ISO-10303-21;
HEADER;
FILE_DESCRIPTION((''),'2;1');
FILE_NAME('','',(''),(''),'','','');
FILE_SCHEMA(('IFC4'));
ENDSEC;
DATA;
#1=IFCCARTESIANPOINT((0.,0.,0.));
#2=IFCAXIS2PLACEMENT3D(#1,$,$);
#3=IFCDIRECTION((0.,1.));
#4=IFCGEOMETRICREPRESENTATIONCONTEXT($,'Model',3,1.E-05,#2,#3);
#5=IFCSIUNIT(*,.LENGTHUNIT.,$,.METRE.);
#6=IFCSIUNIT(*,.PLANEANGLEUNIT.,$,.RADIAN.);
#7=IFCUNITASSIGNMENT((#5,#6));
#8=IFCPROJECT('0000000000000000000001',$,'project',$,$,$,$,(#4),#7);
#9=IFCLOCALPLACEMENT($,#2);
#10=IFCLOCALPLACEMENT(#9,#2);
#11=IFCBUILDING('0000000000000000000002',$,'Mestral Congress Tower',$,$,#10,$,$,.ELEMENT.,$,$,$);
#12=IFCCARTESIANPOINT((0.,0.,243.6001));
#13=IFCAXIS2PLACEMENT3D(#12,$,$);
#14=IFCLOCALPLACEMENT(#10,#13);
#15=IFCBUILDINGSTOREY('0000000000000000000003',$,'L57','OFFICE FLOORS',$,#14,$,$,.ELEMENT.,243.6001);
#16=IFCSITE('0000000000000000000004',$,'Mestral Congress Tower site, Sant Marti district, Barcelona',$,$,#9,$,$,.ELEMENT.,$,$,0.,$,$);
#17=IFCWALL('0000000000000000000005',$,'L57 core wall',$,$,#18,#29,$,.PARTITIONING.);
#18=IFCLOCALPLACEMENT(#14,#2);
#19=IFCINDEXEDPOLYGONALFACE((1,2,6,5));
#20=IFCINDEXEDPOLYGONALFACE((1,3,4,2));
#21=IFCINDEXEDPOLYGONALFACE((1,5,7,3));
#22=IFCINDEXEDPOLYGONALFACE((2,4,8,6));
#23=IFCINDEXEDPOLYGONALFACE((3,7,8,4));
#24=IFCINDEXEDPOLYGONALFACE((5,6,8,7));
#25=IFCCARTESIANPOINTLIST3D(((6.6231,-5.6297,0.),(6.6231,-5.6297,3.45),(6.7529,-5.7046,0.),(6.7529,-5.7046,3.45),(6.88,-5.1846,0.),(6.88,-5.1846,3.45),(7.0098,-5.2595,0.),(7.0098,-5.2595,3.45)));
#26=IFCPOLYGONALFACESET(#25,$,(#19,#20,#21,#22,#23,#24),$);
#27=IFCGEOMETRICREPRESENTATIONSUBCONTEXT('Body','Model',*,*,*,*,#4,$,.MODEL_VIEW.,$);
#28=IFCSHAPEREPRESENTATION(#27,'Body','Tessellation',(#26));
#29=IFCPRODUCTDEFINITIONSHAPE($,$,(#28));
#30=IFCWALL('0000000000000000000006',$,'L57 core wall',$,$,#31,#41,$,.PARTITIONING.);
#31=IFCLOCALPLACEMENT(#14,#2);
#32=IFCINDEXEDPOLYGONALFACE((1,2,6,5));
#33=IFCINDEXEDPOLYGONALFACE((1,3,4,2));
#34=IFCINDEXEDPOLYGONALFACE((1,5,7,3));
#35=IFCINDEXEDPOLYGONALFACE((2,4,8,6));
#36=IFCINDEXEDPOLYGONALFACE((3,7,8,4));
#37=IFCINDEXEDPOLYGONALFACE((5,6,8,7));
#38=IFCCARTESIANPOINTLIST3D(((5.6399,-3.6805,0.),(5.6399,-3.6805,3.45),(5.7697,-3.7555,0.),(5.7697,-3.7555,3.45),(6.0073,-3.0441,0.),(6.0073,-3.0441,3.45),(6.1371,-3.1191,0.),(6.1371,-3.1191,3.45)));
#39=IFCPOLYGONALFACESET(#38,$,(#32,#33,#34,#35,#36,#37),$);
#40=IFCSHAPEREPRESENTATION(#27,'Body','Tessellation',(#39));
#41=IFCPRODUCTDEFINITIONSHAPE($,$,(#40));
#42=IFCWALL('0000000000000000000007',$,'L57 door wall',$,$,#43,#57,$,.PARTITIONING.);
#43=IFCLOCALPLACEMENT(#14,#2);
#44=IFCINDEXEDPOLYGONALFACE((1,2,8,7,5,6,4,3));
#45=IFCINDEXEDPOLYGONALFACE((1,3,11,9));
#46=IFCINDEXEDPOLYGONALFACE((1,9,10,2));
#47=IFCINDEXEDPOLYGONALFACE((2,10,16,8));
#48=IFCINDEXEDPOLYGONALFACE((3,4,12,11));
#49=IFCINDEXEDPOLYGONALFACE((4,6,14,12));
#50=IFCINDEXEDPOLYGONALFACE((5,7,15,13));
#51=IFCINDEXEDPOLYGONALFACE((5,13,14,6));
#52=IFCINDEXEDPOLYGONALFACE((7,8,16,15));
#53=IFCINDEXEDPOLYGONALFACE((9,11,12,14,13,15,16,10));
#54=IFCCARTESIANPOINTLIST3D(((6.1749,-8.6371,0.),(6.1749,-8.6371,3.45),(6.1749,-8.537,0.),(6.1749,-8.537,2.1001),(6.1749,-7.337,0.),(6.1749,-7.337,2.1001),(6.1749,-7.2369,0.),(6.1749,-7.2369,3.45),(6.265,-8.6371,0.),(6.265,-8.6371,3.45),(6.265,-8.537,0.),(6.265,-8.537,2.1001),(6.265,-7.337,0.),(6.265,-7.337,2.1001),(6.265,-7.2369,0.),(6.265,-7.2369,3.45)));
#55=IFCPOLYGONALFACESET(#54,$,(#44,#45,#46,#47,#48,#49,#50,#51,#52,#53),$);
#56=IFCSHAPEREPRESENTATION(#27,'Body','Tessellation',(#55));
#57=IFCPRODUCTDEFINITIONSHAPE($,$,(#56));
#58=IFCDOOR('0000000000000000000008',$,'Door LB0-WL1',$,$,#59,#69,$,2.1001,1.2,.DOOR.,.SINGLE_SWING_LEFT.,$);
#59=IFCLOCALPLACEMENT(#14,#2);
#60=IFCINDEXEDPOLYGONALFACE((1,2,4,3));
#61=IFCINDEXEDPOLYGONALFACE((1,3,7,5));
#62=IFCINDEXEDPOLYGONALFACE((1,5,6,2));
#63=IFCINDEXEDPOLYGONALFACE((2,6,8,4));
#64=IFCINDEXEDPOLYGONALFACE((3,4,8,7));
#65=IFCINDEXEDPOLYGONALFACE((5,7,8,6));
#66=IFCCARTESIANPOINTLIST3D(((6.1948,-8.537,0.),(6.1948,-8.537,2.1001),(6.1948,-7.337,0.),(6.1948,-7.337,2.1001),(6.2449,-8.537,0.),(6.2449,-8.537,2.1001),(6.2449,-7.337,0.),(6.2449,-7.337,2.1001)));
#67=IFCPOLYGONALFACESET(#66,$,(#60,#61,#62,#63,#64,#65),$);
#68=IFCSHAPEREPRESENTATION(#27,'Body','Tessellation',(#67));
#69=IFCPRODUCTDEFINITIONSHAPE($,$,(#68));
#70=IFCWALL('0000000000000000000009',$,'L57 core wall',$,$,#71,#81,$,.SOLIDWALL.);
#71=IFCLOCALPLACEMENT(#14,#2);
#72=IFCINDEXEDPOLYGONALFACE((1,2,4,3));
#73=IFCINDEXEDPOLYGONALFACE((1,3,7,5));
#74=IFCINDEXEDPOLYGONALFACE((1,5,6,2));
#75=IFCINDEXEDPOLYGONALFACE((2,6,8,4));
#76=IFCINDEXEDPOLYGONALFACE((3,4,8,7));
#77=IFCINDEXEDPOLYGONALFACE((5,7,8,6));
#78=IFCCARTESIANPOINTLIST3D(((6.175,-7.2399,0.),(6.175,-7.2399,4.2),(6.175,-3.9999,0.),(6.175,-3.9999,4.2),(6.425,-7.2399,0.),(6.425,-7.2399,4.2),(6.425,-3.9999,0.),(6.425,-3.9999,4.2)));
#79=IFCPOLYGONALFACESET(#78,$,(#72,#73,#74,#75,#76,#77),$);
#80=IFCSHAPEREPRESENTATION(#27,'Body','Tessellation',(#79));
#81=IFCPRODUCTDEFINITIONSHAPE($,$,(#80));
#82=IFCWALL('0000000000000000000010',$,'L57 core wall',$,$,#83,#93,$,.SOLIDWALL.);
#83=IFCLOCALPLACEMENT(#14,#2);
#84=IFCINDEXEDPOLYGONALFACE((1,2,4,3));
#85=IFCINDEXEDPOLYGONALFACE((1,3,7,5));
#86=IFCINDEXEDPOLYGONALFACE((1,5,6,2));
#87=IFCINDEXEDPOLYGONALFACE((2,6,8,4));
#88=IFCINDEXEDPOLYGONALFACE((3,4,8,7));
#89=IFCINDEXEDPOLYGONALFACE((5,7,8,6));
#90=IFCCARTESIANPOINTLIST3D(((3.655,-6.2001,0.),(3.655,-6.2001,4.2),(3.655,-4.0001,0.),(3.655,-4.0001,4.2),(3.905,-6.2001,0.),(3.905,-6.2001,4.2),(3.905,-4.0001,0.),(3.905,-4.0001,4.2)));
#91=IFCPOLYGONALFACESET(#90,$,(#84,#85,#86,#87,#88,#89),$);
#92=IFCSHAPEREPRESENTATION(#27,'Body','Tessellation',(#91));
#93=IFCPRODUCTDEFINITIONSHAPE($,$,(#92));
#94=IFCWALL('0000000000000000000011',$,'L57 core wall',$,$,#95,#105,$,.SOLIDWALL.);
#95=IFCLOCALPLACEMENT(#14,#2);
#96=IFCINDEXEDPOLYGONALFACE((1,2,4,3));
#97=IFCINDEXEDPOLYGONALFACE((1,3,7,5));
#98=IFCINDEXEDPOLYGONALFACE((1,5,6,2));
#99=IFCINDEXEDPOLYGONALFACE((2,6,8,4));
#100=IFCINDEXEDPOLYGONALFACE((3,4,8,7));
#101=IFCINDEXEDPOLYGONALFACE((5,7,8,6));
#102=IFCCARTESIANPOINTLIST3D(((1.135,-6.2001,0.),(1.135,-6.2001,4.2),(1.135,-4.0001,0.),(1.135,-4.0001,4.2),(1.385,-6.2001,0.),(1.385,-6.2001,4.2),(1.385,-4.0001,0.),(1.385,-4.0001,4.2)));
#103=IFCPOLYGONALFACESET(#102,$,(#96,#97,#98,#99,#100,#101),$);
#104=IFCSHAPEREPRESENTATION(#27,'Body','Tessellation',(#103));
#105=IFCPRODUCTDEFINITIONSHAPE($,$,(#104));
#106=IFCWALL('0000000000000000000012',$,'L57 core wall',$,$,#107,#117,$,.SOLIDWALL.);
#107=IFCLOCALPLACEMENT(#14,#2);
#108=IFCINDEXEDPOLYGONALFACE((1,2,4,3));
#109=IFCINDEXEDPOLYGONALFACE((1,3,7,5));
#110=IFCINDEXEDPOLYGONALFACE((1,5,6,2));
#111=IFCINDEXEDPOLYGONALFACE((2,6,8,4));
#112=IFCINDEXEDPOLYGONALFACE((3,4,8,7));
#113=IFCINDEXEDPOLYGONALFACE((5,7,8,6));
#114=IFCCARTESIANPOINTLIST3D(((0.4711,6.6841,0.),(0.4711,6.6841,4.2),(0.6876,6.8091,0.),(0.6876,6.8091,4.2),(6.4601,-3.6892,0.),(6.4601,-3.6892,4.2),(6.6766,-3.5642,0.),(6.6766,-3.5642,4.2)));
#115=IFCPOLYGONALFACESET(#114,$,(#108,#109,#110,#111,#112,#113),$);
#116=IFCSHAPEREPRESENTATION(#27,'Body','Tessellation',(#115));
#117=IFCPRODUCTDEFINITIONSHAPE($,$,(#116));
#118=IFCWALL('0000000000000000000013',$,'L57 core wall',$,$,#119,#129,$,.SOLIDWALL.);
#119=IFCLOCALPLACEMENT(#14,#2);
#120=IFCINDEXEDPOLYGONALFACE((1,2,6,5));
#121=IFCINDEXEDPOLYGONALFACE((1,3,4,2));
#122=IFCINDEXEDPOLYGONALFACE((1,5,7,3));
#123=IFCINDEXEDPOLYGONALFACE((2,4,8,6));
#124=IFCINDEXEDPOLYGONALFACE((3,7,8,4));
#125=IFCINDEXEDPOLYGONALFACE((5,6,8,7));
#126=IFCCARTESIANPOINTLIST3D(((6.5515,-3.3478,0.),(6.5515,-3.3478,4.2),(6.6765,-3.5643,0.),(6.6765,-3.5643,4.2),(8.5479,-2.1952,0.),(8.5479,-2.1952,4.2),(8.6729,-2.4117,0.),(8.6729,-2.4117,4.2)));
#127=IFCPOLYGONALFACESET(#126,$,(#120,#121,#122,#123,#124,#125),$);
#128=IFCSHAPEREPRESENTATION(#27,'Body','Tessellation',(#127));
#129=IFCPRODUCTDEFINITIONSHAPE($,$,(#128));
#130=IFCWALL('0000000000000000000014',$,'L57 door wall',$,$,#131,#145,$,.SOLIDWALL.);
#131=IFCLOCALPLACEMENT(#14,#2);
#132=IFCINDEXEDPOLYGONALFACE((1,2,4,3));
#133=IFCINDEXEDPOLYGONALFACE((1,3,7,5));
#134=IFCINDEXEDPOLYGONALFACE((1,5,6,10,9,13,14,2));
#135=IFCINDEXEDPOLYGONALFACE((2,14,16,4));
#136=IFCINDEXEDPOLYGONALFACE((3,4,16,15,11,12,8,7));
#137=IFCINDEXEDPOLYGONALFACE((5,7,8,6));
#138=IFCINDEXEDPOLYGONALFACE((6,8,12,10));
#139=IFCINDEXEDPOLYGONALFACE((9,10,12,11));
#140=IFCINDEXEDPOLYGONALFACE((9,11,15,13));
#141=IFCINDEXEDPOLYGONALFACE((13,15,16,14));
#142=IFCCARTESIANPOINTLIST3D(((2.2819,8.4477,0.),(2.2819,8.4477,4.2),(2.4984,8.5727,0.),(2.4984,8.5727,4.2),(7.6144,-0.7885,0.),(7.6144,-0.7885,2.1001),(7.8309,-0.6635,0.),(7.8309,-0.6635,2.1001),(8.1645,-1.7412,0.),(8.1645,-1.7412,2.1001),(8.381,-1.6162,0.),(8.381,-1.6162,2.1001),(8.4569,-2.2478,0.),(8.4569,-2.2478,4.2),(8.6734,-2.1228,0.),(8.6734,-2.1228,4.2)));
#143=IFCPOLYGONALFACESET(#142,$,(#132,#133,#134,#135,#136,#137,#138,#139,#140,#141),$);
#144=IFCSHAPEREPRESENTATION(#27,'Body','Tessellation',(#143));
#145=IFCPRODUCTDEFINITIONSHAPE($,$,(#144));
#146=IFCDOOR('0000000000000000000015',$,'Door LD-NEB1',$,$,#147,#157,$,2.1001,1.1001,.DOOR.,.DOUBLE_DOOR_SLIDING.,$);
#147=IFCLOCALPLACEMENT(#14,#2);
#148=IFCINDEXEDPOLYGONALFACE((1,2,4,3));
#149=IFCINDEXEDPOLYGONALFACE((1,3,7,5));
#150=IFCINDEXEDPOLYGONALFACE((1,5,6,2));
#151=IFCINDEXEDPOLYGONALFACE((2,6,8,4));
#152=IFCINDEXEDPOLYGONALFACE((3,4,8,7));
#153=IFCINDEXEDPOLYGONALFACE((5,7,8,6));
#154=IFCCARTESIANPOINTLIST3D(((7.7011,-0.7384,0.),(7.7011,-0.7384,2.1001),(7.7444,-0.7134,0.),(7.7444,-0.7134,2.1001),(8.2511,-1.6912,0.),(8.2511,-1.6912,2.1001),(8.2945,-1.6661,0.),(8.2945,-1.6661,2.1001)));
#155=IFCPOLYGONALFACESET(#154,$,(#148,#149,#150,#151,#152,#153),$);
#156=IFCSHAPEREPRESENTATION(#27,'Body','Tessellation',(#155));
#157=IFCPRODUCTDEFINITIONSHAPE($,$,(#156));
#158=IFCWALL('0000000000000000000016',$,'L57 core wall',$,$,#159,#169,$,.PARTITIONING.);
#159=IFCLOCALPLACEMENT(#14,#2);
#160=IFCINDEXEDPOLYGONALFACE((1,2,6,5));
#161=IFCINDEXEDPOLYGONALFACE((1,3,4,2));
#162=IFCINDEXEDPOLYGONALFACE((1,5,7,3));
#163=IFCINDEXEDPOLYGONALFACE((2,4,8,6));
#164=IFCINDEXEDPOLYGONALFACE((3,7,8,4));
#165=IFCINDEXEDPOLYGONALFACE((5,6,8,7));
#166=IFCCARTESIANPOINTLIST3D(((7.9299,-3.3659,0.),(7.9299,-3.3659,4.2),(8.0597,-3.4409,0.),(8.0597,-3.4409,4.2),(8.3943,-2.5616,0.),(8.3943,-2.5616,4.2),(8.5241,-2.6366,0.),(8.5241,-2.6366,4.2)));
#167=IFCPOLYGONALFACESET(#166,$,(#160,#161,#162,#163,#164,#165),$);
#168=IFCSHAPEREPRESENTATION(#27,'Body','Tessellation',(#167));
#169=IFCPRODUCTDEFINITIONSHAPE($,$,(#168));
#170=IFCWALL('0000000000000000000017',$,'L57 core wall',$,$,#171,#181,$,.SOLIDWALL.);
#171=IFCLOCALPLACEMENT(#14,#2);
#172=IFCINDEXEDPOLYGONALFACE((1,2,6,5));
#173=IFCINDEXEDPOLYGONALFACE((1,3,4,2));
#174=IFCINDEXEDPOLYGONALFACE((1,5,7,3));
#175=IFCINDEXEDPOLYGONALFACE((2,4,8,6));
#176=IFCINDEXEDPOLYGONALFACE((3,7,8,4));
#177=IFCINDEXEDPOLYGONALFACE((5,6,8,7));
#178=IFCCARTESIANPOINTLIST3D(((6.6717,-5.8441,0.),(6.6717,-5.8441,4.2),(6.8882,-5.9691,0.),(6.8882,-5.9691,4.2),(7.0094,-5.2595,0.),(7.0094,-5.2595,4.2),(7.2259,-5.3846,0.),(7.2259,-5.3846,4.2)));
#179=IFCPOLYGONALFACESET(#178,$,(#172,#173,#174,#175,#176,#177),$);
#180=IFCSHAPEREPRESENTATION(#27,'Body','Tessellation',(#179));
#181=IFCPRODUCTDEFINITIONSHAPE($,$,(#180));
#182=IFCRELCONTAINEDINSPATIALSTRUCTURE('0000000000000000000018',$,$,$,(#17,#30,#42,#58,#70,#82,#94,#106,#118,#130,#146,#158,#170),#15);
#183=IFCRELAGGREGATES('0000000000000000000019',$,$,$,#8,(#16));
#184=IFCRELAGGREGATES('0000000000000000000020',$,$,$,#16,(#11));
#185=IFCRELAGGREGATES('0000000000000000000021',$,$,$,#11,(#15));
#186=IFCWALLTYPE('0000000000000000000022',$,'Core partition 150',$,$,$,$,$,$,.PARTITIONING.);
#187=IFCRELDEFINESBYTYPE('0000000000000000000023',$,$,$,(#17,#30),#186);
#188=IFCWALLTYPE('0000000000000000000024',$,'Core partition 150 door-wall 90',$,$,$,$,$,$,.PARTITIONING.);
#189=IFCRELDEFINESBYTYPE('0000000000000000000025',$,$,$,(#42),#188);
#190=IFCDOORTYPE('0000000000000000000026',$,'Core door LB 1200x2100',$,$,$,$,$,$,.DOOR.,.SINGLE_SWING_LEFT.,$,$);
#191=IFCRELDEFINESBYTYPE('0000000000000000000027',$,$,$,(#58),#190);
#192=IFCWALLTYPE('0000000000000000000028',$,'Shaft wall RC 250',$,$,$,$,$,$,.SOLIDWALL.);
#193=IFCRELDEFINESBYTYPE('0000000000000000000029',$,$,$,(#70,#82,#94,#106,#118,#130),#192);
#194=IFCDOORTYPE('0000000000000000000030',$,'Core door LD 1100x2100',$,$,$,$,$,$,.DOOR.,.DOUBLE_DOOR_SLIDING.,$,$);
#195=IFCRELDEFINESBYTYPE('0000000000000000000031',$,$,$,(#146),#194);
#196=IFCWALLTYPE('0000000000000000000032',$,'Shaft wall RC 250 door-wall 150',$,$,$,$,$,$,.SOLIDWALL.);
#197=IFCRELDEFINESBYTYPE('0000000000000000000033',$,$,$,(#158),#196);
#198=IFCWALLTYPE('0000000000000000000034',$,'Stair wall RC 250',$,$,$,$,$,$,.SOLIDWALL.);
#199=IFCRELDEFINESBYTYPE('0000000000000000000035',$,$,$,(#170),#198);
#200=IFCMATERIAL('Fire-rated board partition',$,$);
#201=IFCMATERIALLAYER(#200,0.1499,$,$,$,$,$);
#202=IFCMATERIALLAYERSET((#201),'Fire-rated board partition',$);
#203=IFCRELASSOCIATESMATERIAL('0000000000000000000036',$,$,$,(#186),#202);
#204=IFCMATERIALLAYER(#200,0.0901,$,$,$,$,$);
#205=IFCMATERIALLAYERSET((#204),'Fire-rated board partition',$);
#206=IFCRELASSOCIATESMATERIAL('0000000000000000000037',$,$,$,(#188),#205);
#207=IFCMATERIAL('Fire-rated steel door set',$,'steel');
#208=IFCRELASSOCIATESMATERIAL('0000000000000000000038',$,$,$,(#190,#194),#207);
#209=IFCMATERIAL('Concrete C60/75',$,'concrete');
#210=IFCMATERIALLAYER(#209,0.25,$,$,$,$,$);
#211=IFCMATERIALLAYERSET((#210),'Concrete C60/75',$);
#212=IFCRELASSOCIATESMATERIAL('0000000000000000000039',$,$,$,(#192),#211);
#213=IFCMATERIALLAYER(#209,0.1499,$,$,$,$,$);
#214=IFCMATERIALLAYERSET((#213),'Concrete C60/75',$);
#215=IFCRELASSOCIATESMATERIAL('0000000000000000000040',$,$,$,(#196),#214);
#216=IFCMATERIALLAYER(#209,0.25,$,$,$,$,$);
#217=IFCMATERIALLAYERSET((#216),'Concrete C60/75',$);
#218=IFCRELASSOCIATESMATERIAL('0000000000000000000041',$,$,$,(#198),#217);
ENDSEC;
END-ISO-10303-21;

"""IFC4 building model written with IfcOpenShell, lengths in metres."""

from ifc_helpers import new_model, si_unit, direction, frame, frame_2d, origin, place, context, subcontext, project, spatial, rectangle, extrude, material, layer, layer_set, type_object, element, fill, save


model = new_model("IFC4")

# Units and contexts
model_context = context("Model", 3, precision=1e-05, world=origin(), true_north=direction((0.0, 1.0)))
body_context = subcontext(model_context, "Body", "Model", "MODEL_VIEW")
ifc_project = project(units=[si_unit("LENGTHUNIT", "METRE"), si_unit("PLANEANGLEUNIT", "RADIAN")], contexts=[model_context])

# Site, building, storey
site_placement = place(None, origin())
site = spatial("IfcSite", under=ifc_project, at=site_placement, Name="Mestral Congress Tower site, Sant Marti district, Barcelona", CompositionType="ELEMENT", RefElevation=0.0)
building_placement = place(site_placement, origin())
building = spatial("IfcBuilding", under=site, at=building_placement, Name="Mestral Congress Tower", CompositionType="ELEMENT")
storey_placement = place(building_placement, frame((0.0, 0.0, 243.6001)))
storey = spatial("IfcBuildingStorey", under=building, at=storey_placement, Name="L57", Description="OFFICE FLOORS", CompositionType="ELEMENT", Elevation=243.6001)

# Walls
ifc_material_1 = material(Name="Fire-rated board partition")
ifc_layer_1 = layer(ifc_material_1, 0.1499)
ifc_layer_set_1 = layer_set([ifc_layer_1], Name="Fire-rated board partition")
wall_type_1 = type_object("IfcWallType", Name="Core partition 150", PredefinedType="PARTITIONING", material=ifc_layer_set_1)
wall_1_placement = place(storey_placement, frame((6.9448, -5.2222, 0.0), z_axis=(0.0, 0.0, 1.0), x_axis=(-0.499818, -0.86613, 0.0)))
element("IfcWall", 1, at=wall_1_placement, inside=storey, type_object=wall_type_1, Name="L57 core wall", PredefinedType="PARTITIONING", context=body_context, shape_type="SweptSolid", body=[
    extrude(rectangle(XDim=0.5139, YDim=0.1499, at=frame_2d((0.2568, 0.0))), origin(), (0.0, 0.0, 1.0), 3.45),
])
wall_2_placement = place(storey_placement, frame((5.7048, -3.718, 0.0), z_axis=(0.0, 0.0, 1.0), x_axis=(0.499962, 0.866047, 0.0)))
element("IfcWall", 2, at=wall_2_placement, inside=storey, type_object=wall_type_1, Name="L57 core wall", PredefinedType="PARTITIONING", context=body_context, shape_type="SweptSolid", body=[
    extrude(rectangle(XDim=0.7349, YDim=0.1499, at=frame_2d((0.3674, 0.0))), origin(), (0.0, 0.0, 1.0), 3.45),
])

# Wall, opening, door
ifc_layer_2 = layer(ifc_material_1, 0.0901)
ifc_layer_set_2 = layer_set([ifc_layer_2], Name="Fire-rated board partition")
wall_type_2 = type_object("IfcWallType", Name="Core partition 150 door-wall 90", PredefinedType="PARTITIONING", material=ifc_layer_set_2)
wall_3_placement = place(storey_placement, frame((6.22, -7.2368, 0.0), z_axis=(0.0, 0.0, 1.0), x_axis=(0.0, -1.0, 0.0)))
wall_3 = element("IfcWall", 3, at=wall_3_placement, inside=storey, type_object=wall_type_2, Name="L57 door wall", PredefinedType="PARTITIONING", context=body_context, shape_type="SweptSolid", body=[
    extrude(rectangle(XDim=1.4001, YDim=0.0901, at=frame_2d((0.7002, 0.0))), origin(), (0.0, 0.0, 1.0), 3.45),
])
opening_1_placement = place(wall_3_placement, frame((0.1001, 0.0, 0.0)))
opening_1 = element("IfcOpeningElement", 4, at=opening_1_placement, cuts=wall_3, PredefinedType="OPENING", context=body_context, shape_type="SweptSolid", body=[
    extrude(rectangle(XDim=1.2, YDim=2.1001, at=frame_2d((0.6001, 1.05))), frame((0.0, 0.0549, 0.0), z_axis=(0.0, -1.0, 0.0), x_axis=(1.0, 0.0, 0.0)), (0.0, 0.0, 1.0), 0.1101),
])
ifc_material_2 = material(Name="Fire-rated steel door set", Category="steel")
door_type_1 = type_object("IfcDoorType", Name="Core door LB 1200x2100", OperationType="SINGLE_SWING_LEFT", PredefinedType="DOOR", material=ifc_material_2)
door_1_placement = place(opening_1_placement, origin())
door_1 = element("IfcDoor", 5, at=door_1_placement, inside=storey, type_object=door_type_1, Name="Door LB0-WL1", OperationType="SINGLE_SWING_LEFT", OverallHeight=2.1001, OverallWidth=1.2, PredefinedType="DOOR", context=body_context, shape_type="SweptSolid", body=[
    extrude(rectangle(XDim=1.2, YDim=2.1001, at=frame_2d((0.6001, 1.05))), frame((0.0, 0.0249, 0.0), z_axis=(0.0, -1.0, 0.0), x_axis=(1.0, 0.0, 0.0)), (0.0, 0.0, 1.0), 0.05),
])
fill(opening_1, door_1)

# Walls
ifc_material_3 = material(Name="Concrete C60/75", Category="concrete")
ifc_layer_3 = layer(ifc_material_3, 0.25)
ifc_layer_set_3 = layer_set([ifc_layer_3], Name="Concrete C60/75")
wall_type_3 = type_object("IfcWallType", Name="Shaft wall RC 250", PredefinedType="SOLIDWALL", material=ifc_layer_set_3)
wall_4_placement = place(storey_placement, frame((6.3, -7.24, 0.0), z_axis=(0.0, 0.0, 1.0), x_axis=(0.0, 1.0, 0.0)))
element("IfcWall", 6, at=wall_4_placement, inside=storey, type_object=wall_type_3, Name="L57 core wall", PredefinedType="SOLIDWALL", context=body_context, shape_type="SweptSolid", body=[
    extrude(rectangle(XDim=3.24, YDim=0.25, at=frame_2d((1.6201, 0.0))), origin(), (0.0, 0.0, 1.0), 4.2),
])
for number, where, z_axis, x_axis, name in (
    (7, (3.78, -4.0, 0.0), (0.0, 0.0, 1.0), (0.0, -1.0, 0.0), "L57 core wall"),
    (8, (1.26, -4.0, 0.0), (0.0, 0.0, 1.0), (0.0, -1.0, 0.0), "L57 core wall"),
):
    element("IfcWall", number, at=place(storey_placement, frame(where, z_axis=z_axis, x_axis=x_axis)), inside=storey, type_object=wall_type_3, Name=name, PredefinedType="SOLIDWALL", context=body_context, shape_type="SweptSolid", body=[
        extrude(rectangle(XDim=2.2, YDim=0.25, at=frame_2d((1.1001, 0.0))), origin(), (0.0, 0.0, 1.0), 4.2),
    ])
wall_5_placement = place(storey_placement, frame((6.5684, -3.6267, 0.0), z_axis=(0.0, 0.0, 1.0), x_axis=(-0.499999, 0.866026, 0.0)))
element("IfcWall", 9, at=wall_5_placement, inside=storey, type_object=wall_type_3, Name="L57 core wall", PredefinedType="SOLIDWALL", context=body_context, shape_type="SweptSolid", body=[
    extrude(rectangle(XDim=11.978, YDim=0.25, at=frame_2d((5.989, 0.0))), origin(), (0.0, 0.0, 1.0), 4.2),
])
wall_6_placement = place(storey_placement, frame((6.614, -3.4561, 0.0), z_axis=(0.0, 0.0, 1.0), x_axis=(0.866025, 0.500001, 0.0)))
element("IfcWall", 10, at=wall_6_placement, inside=storey, type_object=wall_type_3, Name="L57 core wall", PredefinedType="SOLIDWALL", context=body_context, shape_type="SweptSolid", body=[
    extrude(rectangle(XDim=2.3052, YDim=0.25, at=frame_2d((1.1526, 0.0))), origin(), (0.0, 0.0, 1.0), 4.2),
])

# Wall, opening, door
wall_7_placement = place(storey_placement, frame((8.5652, -2.1853, 0.0), z_axis=(0.0, 0.0, 1.0), x_axis=(-0.499998, 0.866027, 0.0)))
wall_7 = element("IfcWall", 11, at=wall_7_placement, inside=storey, type_object=wall_type_3, Name="L57 door wall", PredefinedType="SOLIDWALL", context=body_context, shape_type="SweptSolid", body=[
    extrude(rectangle(XDim=12.3501, YDim=0.25, at=frame_2d((6.175, 0.0))), origin(), (0.0, 0.0, 1.0), 4.2),
])
opening_2_placement = place(wall_7_placement, frame((0.585, 0.0, 0.0)))
opening_2 = element("IfcOpeningElement", 12, at=opening_2_placement, cuts=wall_7, PredefinedType="OPENING", context=body_context, shape_type="SweptSolid", body=[
    extrude(rectangle(XDim=1.1001, YDim=2.1001, at=frame_2d((0.55, 1.05))), frame((0.0, 0.135, 0.0), z_axis=(0.0, -1.0, 0.0), x_axis=(1.0, 0.0, 0.0)), (0.0, 0.0, 1.0), 0.27),
])
door_type_2 = type_object("IfcDoorType", Name="Core door LD 1100x2100", OperationType="DOUBLE_DOOR_SLIDING", PredefinedType="DOOR", material=ifc_material_2)
door_2_placement = place(opening_2_placement, origin())
door_2 = element("IfcDoor", 13, at=door_2_placement, inside=storey, type_object=door_type_2, Name="Door LD-NEB1", OperationType="DOUBLE_DOOR_SLIDING", OverallHeight=2.1001, OverallWidth=1.1001, PredefinedType="DOOR", context=body_context, shape_type="SweptSolid", body=[
    extrude(rectangle(XDim=1.1001, YDim=2.1001, at=frame_2d((0.55, 1.05))), frame((0.0, 0.0249, 0.0), z_axis=(0.0, -1.0, 0.0), x_axis=(1.0, 0.0, 0.0)), (0.0, 0.0, 1.0), 0.05),
])
fill(opening_2, door_2)

# Walls
ifc_layer_4 = layer(ifc_material_3, 0.1499)
ifc_layer_set_4 = layer_set([ifc_layer_4], Name="Concrete C60/75")
wall_type_4 = type_object("IfcWallType", Name="Shaft wall RC 250 door-wall 150", PredefinedType="SOLIDWALL", material=ifc_layer_set_4)
wall_8_placement = place(storey_placement, frame((8.4592, -2.5991, 0.0), z_axis=(0.0, 0.0, 1.0), x_axis=(-0.500041, -0.866002, 0.0)))
element("IfcWall", 14, at=wall_8_placement, inside=storey, type_object=wall_type_4, Name="L57 core wall", PredefinedType="PARTITIONING", context=body_context, shape_type="SweptSolid", body=[
    extrude(rectangle(XDim=0.9287, YDim=0.1499, at=frame_2d((0.4644, 0.0))), origin(), (0.0, 0.0, 1.0), 4.2),
])
ifc_layer_5 = layer(ifc_material_3, 0.25)
ifc_layer_set_5 = layer_set([ifc_layer_5], Name="Concrete C60/75")
wall_type_5 = type_object("IfcWallType", Name="Stair wall RC 250", PredefinedType="SOLIDWALL", material=ifc_layer_set_5)
wall_9_placement = place(storey_placement, frame((6.78, -5.9065, 0.0), z_axis=(0.0, 0.0, 1.0), x_axis=(0.500223, 0.865896, 0.0)))
element("IfcWall", 15, at=wall_9_placement, inside=storey, type_object=wall_type_5, Name="L57 core wall", PredefinedType="SOLIDWALL", context=body_context, shape_type="SweptSolid", body=[
    extrude(rectangle(XDim=0.675, YDim=0.25, at=frame_2d((0.3374, 0.0))), origin(), (0.0, 0.0, 1.0), 4.2),
])

save(model, "model.ifc")
